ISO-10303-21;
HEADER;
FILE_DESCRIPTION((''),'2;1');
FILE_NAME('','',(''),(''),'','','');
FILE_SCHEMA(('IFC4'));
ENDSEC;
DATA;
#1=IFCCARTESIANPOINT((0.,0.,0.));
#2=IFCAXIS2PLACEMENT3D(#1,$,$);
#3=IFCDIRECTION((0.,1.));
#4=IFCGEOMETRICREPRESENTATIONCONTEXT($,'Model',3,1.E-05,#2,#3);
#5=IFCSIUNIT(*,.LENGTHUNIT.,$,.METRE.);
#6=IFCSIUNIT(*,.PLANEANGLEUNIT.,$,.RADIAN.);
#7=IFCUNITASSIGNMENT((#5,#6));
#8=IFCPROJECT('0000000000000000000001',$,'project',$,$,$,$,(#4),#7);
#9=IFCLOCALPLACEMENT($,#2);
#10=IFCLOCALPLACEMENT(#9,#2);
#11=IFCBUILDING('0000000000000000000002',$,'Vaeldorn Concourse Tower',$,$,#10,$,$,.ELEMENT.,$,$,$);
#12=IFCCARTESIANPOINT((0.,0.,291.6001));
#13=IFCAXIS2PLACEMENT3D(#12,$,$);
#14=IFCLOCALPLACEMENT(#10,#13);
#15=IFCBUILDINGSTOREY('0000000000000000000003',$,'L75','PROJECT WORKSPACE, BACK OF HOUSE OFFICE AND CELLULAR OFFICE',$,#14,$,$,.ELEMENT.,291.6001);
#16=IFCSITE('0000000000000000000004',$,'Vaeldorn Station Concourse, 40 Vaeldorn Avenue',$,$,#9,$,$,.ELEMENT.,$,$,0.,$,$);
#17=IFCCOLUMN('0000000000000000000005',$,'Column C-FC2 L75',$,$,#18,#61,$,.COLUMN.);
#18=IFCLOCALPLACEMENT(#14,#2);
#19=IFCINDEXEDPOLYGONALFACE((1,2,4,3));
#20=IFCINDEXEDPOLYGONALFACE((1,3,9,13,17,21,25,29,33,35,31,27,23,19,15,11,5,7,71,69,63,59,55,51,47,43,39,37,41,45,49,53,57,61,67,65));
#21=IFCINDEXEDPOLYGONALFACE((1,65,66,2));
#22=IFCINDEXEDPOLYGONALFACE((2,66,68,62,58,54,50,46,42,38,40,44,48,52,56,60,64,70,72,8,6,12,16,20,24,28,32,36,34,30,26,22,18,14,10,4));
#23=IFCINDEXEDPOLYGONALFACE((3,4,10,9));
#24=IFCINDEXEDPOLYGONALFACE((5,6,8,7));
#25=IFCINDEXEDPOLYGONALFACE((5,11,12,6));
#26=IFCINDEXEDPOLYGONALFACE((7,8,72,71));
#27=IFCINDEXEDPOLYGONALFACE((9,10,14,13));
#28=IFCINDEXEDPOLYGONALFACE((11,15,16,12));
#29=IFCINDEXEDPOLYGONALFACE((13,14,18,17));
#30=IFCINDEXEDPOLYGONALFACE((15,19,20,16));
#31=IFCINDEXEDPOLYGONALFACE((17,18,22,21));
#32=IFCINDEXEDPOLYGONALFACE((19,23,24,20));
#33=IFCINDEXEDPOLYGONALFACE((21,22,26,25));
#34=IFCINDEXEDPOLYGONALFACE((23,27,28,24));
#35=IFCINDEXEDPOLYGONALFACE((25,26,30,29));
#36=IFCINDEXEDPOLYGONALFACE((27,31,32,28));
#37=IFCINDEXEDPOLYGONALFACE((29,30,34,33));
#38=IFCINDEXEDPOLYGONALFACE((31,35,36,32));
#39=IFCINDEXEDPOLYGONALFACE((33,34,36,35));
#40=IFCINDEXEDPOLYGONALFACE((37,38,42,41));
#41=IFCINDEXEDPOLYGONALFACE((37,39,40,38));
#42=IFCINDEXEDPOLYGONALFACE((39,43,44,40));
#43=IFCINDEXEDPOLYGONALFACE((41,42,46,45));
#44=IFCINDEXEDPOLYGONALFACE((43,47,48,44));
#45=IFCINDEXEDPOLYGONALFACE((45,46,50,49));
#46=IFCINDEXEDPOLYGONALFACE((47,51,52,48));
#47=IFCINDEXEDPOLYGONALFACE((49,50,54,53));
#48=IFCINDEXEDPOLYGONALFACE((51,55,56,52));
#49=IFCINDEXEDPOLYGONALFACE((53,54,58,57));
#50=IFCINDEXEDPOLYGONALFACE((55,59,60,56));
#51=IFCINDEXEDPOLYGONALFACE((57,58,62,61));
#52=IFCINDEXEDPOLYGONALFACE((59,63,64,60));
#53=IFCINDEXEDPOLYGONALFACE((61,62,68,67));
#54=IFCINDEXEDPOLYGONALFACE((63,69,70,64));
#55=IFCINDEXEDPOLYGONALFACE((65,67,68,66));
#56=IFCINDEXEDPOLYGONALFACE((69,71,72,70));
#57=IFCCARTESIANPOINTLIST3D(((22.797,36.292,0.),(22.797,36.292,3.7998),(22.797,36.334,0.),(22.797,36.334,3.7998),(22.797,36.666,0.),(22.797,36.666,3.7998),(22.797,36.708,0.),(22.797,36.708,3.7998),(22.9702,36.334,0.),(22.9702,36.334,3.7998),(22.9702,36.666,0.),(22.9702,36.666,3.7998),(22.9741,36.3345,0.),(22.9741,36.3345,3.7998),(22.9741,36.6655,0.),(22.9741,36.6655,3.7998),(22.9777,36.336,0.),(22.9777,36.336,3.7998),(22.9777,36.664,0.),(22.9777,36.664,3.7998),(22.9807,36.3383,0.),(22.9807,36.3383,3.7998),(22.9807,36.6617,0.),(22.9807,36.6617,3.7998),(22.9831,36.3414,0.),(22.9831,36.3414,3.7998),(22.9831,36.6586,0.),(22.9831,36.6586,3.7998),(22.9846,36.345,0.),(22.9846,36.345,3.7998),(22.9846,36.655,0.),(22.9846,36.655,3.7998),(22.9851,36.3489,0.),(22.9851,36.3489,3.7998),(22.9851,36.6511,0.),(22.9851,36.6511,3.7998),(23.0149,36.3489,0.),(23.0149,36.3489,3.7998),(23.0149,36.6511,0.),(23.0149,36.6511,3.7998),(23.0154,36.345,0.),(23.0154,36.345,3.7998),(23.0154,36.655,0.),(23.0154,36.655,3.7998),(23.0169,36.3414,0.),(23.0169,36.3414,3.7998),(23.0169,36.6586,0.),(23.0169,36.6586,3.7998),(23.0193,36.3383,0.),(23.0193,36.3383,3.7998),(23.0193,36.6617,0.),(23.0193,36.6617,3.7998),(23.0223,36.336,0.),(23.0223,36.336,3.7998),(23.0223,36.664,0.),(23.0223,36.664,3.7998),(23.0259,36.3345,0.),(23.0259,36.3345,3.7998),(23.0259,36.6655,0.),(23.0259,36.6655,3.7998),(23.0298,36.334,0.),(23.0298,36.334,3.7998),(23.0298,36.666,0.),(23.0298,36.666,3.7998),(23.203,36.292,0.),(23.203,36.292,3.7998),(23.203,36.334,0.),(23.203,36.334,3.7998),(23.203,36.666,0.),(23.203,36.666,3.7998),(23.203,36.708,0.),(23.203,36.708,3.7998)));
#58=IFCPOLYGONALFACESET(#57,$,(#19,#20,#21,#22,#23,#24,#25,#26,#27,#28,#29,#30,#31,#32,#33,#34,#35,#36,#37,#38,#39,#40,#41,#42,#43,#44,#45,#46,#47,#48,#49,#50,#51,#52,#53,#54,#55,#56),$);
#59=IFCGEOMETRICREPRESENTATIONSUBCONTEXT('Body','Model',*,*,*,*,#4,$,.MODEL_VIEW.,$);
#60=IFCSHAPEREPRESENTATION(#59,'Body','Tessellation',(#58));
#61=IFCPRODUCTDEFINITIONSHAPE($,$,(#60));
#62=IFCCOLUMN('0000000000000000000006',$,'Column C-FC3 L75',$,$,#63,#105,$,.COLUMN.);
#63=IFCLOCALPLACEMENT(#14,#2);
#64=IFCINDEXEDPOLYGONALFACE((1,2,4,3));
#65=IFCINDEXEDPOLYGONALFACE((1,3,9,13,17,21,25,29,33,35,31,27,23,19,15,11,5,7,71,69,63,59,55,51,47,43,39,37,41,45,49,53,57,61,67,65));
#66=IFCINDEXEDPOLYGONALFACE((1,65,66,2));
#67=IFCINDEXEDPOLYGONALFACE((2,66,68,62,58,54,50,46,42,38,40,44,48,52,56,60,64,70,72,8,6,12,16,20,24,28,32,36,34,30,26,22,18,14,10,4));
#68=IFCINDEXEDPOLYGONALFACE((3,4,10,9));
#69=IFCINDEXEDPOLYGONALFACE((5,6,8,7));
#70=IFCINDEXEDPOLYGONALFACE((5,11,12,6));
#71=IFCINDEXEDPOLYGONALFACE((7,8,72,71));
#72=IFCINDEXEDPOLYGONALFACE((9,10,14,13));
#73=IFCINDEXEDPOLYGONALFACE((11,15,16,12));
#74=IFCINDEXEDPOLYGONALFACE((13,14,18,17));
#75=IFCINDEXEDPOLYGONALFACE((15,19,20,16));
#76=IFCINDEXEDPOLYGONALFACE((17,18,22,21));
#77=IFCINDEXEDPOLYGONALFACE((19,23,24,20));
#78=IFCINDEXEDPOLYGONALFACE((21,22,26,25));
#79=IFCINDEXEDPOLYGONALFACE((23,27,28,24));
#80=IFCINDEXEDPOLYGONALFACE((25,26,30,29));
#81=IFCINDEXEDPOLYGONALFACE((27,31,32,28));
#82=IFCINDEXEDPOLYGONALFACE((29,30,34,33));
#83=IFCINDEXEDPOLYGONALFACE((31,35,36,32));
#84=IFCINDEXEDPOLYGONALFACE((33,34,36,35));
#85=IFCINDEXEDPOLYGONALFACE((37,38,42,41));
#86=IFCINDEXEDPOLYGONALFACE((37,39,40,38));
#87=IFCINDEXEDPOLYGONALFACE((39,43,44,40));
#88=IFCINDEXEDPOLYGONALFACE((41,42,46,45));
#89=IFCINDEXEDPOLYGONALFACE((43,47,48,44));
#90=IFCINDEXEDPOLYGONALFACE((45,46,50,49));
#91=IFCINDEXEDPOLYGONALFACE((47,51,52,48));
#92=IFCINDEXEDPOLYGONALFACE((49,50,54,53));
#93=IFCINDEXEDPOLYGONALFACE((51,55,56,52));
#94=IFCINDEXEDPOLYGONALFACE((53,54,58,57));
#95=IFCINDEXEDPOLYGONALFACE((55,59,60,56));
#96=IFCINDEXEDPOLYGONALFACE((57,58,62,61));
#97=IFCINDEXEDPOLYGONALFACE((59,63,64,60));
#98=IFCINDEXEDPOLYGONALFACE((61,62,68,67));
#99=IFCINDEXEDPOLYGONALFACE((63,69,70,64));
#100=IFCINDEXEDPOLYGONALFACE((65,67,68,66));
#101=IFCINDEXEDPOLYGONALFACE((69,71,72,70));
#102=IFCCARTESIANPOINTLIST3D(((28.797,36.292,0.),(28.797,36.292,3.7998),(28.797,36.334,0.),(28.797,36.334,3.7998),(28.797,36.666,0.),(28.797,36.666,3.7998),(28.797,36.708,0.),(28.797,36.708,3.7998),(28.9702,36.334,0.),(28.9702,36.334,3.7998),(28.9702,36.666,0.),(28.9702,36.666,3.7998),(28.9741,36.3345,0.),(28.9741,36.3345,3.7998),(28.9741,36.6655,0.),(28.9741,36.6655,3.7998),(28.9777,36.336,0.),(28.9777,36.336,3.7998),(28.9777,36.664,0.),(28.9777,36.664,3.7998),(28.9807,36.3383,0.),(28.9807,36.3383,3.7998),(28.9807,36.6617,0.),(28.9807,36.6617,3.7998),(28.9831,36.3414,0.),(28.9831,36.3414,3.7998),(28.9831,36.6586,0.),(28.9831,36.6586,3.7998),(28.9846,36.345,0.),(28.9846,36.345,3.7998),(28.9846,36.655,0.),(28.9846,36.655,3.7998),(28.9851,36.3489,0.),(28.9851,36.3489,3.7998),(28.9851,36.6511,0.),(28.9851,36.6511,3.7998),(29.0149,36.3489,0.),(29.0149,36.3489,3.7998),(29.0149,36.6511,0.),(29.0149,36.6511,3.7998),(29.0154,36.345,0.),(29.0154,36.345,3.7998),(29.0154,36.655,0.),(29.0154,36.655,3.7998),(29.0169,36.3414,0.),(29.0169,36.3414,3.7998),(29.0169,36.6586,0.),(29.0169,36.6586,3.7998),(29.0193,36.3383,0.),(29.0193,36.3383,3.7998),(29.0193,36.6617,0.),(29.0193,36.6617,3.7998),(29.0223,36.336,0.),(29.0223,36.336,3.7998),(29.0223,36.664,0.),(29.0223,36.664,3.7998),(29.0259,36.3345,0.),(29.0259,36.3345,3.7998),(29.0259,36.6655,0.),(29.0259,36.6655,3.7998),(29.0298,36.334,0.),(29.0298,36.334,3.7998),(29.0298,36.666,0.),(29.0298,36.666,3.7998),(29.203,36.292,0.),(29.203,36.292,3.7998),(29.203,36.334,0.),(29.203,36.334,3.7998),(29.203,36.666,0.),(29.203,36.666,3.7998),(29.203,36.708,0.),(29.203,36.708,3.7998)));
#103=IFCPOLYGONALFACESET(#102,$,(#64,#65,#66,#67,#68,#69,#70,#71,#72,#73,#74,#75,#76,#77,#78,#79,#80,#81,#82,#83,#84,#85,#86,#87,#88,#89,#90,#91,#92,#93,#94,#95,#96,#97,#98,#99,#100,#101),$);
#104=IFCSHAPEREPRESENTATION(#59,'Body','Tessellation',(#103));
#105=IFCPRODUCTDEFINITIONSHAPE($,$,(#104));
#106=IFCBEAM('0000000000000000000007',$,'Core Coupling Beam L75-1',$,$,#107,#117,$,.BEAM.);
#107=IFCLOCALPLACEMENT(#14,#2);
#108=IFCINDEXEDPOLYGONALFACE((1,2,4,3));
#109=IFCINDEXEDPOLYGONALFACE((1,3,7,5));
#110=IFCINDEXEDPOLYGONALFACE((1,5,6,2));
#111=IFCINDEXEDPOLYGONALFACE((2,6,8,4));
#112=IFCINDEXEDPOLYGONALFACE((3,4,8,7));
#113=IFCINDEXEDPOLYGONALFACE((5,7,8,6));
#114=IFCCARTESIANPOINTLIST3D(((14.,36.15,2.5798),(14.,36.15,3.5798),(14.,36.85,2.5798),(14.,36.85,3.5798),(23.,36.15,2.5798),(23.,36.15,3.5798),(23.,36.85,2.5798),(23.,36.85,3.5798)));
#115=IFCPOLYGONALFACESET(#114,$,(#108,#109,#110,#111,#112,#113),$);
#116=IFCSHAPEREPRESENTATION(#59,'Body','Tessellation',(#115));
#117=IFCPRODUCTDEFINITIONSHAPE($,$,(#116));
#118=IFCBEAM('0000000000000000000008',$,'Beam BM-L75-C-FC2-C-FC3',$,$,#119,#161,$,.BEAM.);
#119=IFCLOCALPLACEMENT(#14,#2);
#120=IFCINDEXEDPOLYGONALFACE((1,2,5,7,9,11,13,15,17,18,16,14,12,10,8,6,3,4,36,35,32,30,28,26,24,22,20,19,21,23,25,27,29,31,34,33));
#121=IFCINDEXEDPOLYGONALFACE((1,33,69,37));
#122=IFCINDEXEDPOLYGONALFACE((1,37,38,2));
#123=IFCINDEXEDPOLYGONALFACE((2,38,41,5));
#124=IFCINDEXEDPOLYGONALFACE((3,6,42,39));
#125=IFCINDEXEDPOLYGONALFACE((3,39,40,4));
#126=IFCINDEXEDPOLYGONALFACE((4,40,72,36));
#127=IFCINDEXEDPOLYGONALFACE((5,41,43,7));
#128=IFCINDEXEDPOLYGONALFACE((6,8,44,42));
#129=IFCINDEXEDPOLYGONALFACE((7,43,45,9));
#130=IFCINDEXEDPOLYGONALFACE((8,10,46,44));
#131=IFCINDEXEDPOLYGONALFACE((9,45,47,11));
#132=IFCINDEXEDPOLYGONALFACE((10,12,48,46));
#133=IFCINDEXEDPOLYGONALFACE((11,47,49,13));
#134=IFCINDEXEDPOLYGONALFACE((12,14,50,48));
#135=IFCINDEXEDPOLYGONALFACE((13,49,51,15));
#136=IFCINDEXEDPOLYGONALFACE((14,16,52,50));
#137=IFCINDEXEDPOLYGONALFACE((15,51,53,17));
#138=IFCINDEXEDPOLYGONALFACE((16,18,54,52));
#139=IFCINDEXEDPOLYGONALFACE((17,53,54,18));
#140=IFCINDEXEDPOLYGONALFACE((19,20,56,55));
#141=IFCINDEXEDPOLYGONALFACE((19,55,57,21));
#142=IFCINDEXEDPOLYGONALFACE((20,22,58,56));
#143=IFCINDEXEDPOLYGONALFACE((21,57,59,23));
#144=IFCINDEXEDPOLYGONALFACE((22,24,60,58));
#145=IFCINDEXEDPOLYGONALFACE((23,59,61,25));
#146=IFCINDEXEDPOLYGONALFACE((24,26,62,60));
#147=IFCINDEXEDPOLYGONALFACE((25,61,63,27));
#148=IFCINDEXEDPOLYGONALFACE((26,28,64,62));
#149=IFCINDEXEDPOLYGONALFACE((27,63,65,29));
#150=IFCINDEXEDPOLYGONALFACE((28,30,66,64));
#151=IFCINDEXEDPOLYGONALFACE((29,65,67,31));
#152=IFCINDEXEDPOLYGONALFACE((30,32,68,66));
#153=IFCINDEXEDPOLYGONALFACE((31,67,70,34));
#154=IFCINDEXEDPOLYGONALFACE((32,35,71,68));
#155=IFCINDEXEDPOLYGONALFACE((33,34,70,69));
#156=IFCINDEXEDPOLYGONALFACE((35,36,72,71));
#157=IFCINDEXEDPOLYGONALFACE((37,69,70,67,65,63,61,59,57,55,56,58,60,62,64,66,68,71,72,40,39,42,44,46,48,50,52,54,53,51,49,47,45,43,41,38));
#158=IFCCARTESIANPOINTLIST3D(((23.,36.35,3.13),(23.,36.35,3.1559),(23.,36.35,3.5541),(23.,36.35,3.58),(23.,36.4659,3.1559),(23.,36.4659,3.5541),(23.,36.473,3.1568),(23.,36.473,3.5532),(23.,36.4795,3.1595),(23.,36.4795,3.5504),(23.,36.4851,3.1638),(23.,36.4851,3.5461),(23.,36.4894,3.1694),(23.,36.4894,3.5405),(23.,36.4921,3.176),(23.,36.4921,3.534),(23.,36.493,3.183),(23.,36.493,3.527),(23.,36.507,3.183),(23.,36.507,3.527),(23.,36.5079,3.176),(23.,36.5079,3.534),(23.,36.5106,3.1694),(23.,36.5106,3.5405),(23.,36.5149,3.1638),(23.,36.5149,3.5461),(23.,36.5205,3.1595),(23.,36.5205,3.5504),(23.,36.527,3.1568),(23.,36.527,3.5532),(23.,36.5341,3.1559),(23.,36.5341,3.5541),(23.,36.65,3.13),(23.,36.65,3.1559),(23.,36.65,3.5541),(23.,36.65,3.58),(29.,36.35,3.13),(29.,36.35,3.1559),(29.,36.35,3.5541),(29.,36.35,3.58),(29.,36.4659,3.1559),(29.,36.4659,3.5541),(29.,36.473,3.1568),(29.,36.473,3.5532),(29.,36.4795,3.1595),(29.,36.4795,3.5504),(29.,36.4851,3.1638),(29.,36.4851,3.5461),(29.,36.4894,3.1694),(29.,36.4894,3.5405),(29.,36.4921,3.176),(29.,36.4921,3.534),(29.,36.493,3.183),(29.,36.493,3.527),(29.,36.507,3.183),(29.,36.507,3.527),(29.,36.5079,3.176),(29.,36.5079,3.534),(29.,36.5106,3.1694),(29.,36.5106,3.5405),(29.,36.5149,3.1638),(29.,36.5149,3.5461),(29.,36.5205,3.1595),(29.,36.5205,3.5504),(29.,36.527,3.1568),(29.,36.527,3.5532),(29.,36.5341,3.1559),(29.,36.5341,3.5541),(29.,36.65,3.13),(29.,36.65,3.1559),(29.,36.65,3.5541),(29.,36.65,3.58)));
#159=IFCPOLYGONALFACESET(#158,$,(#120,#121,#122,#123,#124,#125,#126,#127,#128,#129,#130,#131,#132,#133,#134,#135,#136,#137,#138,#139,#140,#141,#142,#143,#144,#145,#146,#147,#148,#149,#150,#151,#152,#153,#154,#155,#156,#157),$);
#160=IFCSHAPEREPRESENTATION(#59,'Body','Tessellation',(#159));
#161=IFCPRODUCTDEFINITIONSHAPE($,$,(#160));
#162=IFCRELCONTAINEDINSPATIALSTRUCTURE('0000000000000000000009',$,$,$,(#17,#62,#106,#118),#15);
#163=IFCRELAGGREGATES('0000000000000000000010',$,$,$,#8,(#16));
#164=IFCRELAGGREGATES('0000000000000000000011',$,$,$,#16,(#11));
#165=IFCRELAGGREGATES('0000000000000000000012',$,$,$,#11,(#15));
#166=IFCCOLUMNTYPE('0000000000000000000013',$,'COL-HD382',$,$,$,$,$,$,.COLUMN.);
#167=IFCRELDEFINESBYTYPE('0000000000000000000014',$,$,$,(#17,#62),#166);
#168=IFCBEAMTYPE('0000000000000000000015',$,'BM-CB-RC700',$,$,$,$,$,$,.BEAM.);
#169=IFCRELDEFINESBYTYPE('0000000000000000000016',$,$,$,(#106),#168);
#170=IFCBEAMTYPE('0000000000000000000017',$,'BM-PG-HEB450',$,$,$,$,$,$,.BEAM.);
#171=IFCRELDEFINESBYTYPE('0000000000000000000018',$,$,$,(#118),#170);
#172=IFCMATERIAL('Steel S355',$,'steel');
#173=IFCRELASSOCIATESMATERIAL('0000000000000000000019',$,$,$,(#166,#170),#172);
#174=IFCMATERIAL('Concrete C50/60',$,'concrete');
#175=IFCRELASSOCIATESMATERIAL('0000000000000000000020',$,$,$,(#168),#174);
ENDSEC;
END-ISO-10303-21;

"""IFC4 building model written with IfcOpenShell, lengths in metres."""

from ifc_helpers import new_model, si_unit, direction, frame, origin, origin_2d, place, context, subcontext, project, spatial, rectangle, i_section, extrude, source, transform, mapped, material, material_profile, profile_set, type_object, element, save


model = new_model("IFC4")

# Units and contexts
model_context = context("Model", 3, precision=1e-05, world=origin(), true_north=direction((0.0, 1.0)))
body_context = subcontext(model_context, "Body", "Model", "MODEL_VIEW")
ifc_project = project(units=[si_unit("LENGTHUNIT", "METRE"), si_unit("PLANEANGLEUNIT", "RADIAN")], contexts=[model_context])

# Site, building, storey
site_placement = place(None, origin())
site = spatial("IfcSite", under=ifc_project, at=site_placement, Name="Vaeldorn Station Concourse, 40 Vaeldorn Avenue", CompositionType="ELEMENT", RefElevation=0.0)
building_placement = place(site_placement, origin())
building = spatial("IfcBuilding", under=site, at=building_placement, Name="Vaeldorn Concourse Tower", CompositionType="ELEMENT")
storey_placement = place(building_placement, frame((0.0, 0.0, 291.6001)))
storey = spatial("IfcBuildingStorey", under=building, at=storey_placement, Name="L75", Description="PROJECT WORKSPACE, BACK OF HOUSE OFFICE AND CELLULAR OFFICE", CompositionType="ELEMENT", Elevation=291.6001)

# Columns
ifc_material_1 = material(Name="Steel S355", Category="steel")
ifc_material_profile_1 = material_profile(ifc_material_1, i_section(OverallWidth=0.406, OverallDepth=0.416, WebThickness=0.0298, FlangeThickness=0.042, FilletRadius=0.0149, at=origin_2d()), Name="HD 400x382")
ifc_profile_set_1 = profile_set([ifc_material_profile_1], Name="Steel S355")
column_type = type_object("IfcColumnType", Name="COL-HD382", PredefinedType="COLUMN", material=ifc_profile_set_1)
shared_shape_1 = source(origin(), body_context, "Body", "SweptSolid", [
    extrude(i_section(OverallWidth=0.406, OverallDepth=0.416, WebThickness=0.0298, FlangeThickness=0.042, FilletRadius=0.0149, at=origin_2d()), origin(), (0.0, 0.0, 1.0), 3.7998),
])
for number, where, z_axis, x_axis, name in (
    (1, (23.0, 36.5, 0.0), (0.0, 0.0, 1.0), (1.0, 0.0, 0.0), "Column C-FC2 L75"),
    (2, (29.0, 36.5, 0.0), (0.0, 0.0, 1.0), (1.0, 0.0, 0.0), "Column C-FC3 L75"),
):
    element("IfcColumn", number, at=place(storey_placement, frame(where, z_axis=z_axis, x_axis=x_axis)), inside=storey, type_object=column_type, Name=name, PredefinedType="COLUMN", context=body_context, shape_type="MappedRepresentation", body=[
        mapped(shared_shape_1, transform((0.0, 0.0, 0.0), scale=1.0)),
    ])

# Beams
ifc_material_2 = material(Name="Concrete C50/60", Category="concrete")
ifc_material_profile_2 = material_profile(ifc_material_2, rectangle(XDim=0.7, YDim=1.0, at=origin_2d()), Name="RC 700x1000")
ifc_profile_set_2 = profile_set([ifc_material_profile_2], Name="Concrete C50/60")
beam_type_1 = type_object("IfcBeamType", Name="BM-CB-RC700", PredefinedType="BEAM", material=ifc_profile_set_2)
shared_shape_2 = source(origin(), body_context, "Body", "SweptSolid", [
    extrude(rectangle(XDim=0.7, YDim=1.0, at=origin_2d()), origin(), (0.0, 0.0, 1.0), 9.0),
])
beam_1_placement = place(storey_placement, frame((14.0, 36.5, 3.0798), z_axis=(1.0, 0.0, 0.0), x_axis=(0.0, 1.0, 0.0)))
element("IfcBeam", 3, at=beam_1_placement, inside=storey, type_object=beam_type_1, Name="Core Coupling Beam L75-1", PredefinedType="BEAM", context=body_context, shape_type="MappedRepresentation", body=[
    mapped(shared_shape_2, transform((0.0, 0.0, 0.0), scale=1.0)),
])
ifc_material_profile_3 = material_profile(ifc_material_1, i_section(OverallWidth=0.3, OverallDepth=0.45, WebThickness=0.0139, FlangeThickness=0.0259, FilletRadius=0.0271, at=origin_2d()), Name="HEB 450")
ifc_profile_set_3 = profile_set([ifc_material_profile_3], Name="Steel S355")
beam_type_2 = type_object("IfcBeamType", Name="BM-PG-HEB450", PredefinedType="BEAM", material=ifc_profile_set_3)
shared_shape_3 = source(origin(), body_context, "Body", "SweptSolid", [
    extrude(i_section(OverallWidth=0.3, OverallDepth=0.45, WebThickness=0.0139, FlangeThickness=0.0259, FilletRadius=0.0271, at=origin_2d()), origin(), (0.0, 0.0, 1.0), 6.0),
])
beam_2_placement = place(storey_placement, frame((23.0, 36.5, 3.355), z_axis=(1.0, 0.0, 0.0), x_axis=(0.0, 1.0, 0.0)))
element("IfcBeam", 4, at=beam_2_placement, inside=storey, type_object=beam_type_2, Name="Beam BM-L75-C-FC2-C-FC3", PredefinedType="BEAM", context=body_context, shape_type="MappedRepresentation", body=[
    mapped(shared_shape_3, transform((0.0, 0.0, 0.0), scale=1.0)),
])

save(model, "model.ifc")
